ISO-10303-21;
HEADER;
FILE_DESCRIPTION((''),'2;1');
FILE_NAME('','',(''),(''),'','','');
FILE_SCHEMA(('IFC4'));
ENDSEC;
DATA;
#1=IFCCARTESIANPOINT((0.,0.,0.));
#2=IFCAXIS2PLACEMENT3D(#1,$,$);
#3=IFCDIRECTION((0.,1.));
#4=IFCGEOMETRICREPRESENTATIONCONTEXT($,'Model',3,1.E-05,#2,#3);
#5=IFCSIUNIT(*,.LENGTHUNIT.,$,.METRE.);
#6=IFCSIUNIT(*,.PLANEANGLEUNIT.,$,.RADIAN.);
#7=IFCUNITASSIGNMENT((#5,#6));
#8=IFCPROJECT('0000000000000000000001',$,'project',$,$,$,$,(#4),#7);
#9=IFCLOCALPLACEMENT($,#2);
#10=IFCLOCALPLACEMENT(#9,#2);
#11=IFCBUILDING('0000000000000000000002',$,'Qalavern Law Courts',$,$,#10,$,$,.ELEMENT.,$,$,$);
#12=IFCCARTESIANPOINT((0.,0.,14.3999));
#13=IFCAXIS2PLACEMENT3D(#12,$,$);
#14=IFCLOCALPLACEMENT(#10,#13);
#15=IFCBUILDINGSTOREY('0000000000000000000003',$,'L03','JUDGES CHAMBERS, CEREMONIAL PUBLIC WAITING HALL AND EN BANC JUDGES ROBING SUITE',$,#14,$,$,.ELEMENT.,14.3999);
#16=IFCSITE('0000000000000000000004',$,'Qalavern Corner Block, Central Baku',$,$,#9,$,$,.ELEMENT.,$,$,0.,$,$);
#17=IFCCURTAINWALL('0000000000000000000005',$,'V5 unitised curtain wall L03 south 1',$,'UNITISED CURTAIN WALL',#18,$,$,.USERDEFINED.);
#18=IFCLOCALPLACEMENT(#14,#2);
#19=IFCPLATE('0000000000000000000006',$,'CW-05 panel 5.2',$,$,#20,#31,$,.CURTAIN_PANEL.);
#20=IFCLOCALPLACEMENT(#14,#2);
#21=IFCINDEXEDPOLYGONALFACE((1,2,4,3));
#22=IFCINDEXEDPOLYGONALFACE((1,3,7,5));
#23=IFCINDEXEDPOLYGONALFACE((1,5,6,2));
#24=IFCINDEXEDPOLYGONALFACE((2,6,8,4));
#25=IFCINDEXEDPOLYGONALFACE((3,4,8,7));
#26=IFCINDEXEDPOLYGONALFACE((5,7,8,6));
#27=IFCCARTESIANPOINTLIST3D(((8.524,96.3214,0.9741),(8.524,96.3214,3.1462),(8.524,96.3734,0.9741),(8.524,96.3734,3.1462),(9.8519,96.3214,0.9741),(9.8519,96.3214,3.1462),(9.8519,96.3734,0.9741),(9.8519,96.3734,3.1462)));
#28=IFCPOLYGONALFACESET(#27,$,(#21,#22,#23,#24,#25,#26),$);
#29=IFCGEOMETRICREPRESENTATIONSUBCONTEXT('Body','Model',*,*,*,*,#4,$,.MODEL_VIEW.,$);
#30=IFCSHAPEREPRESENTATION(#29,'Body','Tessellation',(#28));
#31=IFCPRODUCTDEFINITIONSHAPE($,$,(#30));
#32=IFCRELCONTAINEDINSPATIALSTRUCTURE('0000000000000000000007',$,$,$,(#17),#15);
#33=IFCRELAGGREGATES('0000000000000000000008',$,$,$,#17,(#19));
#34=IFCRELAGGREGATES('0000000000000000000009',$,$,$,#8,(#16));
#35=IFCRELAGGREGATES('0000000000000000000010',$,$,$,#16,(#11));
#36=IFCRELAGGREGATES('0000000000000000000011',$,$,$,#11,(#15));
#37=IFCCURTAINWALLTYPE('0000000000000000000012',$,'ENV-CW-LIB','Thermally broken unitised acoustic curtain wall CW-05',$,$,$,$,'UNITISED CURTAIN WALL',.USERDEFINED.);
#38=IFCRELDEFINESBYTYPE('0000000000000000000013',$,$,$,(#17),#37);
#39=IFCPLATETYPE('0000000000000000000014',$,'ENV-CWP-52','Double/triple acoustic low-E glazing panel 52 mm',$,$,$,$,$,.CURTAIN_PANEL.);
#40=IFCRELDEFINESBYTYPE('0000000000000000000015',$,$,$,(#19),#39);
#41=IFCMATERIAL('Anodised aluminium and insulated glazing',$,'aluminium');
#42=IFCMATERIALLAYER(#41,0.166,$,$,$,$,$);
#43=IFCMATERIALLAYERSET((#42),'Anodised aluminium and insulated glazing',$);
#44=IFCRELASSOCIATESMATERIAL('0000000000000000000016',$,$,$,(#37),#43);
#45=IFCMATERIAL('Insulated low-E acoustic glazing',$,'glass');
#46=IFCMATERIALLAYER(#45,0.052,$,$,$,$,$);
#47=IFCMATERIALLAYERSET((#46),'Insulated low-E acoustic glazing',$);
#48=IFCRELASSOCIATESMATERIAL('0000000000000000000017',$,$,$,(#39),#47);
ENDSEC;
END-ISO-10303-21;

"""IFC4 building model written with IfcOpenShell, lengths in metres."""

from ifc_helpers import new_model, si_unit, direction, frame, origin, origin_2d, place, context, subcontext, project, spatial, rectangle, extrude, material, layer, layer_set, type_object, element, aggregate, save


model = new_model("IFC4")

# Units and contexts
model_context = context("Model", 3, precision=1e-05, world=origin(), true_north=direction((0.0, 1.0)))
body_context = subcontext(model_context, "Body", "Model", "MODEL_VIEW")
ifc_project = project(units=[si_unit("LENGTHUNIT", "METRE"), si_unit("PLANEANGLEUNIT", "RADIAN")], contexts=[model_context])

# Site, building, storey
site_placement = place(None, origin())
site = spatial("IfcSite", under=ifc_project, at=site_placement, Name="Qalavern Corner Block, Central Baku", CompositionType="ELEMENT", RefElevation=0.0)
building_placement = place(site_placement, origin())
building = spatial("IfcBuilding", under=site, at=building_placement, Name="Qalavern Law Courts", CompositionType="ELEMENT")
storey_placement = place(building_placement, frame((0.0, 0.0, 14.3999)))
storey = spatial("IfcBuildingStorey", under=building, at=storey_placement, Name="L03", Description="JUDGES CHAMBERS, CEREMONIAL PUBLIC WAITING HALL AND EN BANC JUDGES ROBING SUITE", CompositionType="ELEMENT", Elevation=14.3999)

# Curtain wall, plate
ifc_material_1 = material(Name="Anodised aluminium and insulated glazing", Category="aluminium")
ifc_layer_1 = layer(ifc_material_1, 0.166)
ifc_layer_set_1 = layer_set([ifc_layer_1], Name="Anodised aluminium and insulated glazing")
curtain_wall_type = type_object("IfcCurtainWallType", Name="ENV-CW-LIB", Description="Thermally broken unitised acoustic curtain wall CW-05", ElementType="UNITISED CURTAIN WALL", PredefinedType="USERDEFINED", material=ifc_layer_set_1)
curtain_wall_placement = place(storey_placement, origin())
curtain_wall = element("IfcCurtainWall", 1, at=curtain_wall_placement, inside=storey, type_object=curtain_wall_type, Name="V5 unitised curtain wall L03 south 1", ObjectType="UNITISED CURTAIN WALL", PredefinedType="USERDEFINED")
ifc_material_2 = material(Name="Insulated low-E acoustic glazing", Category="glass")
ifc_layer_2 = layer(ifc_material_2, 0.052)
ifc_layer_set_2 = layer_set([ifc_layer_2], Name="Insulated low-E acoustic glazing")
plate_type = type_object("IfcPlateType", Name="ENV-CWP-52", Description="Double/triple acoustic low-E glazing panel 52 mm", PredefinedType="CURTAIN_PANEL", material=ifc_layer_set_2)
plate_1_placement = place(storey_placement, frame((9.188, 96.3474, 0.9741), z_axis=(0.0, 0.0, 1.0), x_axis=(1.0, 0.0, 0.0)))
plate_1 = element("IfcPlate", 2, at=plate_1_placement, type_object=plate_type, Name="CW-05 panel 5.2", PredefinedType="CURTAIN_PANEL", context=body_context, shape_type="SweptSolid", body=[
    extrude(rectangle(XDim=1.3279, YDim=0.052, at=origin_2d()), origin(), (0.0, 0.0, 1.0), 2.1721),
])
aggregate(curtain_wall, [plate_1])

save(model, "model.ifc")
